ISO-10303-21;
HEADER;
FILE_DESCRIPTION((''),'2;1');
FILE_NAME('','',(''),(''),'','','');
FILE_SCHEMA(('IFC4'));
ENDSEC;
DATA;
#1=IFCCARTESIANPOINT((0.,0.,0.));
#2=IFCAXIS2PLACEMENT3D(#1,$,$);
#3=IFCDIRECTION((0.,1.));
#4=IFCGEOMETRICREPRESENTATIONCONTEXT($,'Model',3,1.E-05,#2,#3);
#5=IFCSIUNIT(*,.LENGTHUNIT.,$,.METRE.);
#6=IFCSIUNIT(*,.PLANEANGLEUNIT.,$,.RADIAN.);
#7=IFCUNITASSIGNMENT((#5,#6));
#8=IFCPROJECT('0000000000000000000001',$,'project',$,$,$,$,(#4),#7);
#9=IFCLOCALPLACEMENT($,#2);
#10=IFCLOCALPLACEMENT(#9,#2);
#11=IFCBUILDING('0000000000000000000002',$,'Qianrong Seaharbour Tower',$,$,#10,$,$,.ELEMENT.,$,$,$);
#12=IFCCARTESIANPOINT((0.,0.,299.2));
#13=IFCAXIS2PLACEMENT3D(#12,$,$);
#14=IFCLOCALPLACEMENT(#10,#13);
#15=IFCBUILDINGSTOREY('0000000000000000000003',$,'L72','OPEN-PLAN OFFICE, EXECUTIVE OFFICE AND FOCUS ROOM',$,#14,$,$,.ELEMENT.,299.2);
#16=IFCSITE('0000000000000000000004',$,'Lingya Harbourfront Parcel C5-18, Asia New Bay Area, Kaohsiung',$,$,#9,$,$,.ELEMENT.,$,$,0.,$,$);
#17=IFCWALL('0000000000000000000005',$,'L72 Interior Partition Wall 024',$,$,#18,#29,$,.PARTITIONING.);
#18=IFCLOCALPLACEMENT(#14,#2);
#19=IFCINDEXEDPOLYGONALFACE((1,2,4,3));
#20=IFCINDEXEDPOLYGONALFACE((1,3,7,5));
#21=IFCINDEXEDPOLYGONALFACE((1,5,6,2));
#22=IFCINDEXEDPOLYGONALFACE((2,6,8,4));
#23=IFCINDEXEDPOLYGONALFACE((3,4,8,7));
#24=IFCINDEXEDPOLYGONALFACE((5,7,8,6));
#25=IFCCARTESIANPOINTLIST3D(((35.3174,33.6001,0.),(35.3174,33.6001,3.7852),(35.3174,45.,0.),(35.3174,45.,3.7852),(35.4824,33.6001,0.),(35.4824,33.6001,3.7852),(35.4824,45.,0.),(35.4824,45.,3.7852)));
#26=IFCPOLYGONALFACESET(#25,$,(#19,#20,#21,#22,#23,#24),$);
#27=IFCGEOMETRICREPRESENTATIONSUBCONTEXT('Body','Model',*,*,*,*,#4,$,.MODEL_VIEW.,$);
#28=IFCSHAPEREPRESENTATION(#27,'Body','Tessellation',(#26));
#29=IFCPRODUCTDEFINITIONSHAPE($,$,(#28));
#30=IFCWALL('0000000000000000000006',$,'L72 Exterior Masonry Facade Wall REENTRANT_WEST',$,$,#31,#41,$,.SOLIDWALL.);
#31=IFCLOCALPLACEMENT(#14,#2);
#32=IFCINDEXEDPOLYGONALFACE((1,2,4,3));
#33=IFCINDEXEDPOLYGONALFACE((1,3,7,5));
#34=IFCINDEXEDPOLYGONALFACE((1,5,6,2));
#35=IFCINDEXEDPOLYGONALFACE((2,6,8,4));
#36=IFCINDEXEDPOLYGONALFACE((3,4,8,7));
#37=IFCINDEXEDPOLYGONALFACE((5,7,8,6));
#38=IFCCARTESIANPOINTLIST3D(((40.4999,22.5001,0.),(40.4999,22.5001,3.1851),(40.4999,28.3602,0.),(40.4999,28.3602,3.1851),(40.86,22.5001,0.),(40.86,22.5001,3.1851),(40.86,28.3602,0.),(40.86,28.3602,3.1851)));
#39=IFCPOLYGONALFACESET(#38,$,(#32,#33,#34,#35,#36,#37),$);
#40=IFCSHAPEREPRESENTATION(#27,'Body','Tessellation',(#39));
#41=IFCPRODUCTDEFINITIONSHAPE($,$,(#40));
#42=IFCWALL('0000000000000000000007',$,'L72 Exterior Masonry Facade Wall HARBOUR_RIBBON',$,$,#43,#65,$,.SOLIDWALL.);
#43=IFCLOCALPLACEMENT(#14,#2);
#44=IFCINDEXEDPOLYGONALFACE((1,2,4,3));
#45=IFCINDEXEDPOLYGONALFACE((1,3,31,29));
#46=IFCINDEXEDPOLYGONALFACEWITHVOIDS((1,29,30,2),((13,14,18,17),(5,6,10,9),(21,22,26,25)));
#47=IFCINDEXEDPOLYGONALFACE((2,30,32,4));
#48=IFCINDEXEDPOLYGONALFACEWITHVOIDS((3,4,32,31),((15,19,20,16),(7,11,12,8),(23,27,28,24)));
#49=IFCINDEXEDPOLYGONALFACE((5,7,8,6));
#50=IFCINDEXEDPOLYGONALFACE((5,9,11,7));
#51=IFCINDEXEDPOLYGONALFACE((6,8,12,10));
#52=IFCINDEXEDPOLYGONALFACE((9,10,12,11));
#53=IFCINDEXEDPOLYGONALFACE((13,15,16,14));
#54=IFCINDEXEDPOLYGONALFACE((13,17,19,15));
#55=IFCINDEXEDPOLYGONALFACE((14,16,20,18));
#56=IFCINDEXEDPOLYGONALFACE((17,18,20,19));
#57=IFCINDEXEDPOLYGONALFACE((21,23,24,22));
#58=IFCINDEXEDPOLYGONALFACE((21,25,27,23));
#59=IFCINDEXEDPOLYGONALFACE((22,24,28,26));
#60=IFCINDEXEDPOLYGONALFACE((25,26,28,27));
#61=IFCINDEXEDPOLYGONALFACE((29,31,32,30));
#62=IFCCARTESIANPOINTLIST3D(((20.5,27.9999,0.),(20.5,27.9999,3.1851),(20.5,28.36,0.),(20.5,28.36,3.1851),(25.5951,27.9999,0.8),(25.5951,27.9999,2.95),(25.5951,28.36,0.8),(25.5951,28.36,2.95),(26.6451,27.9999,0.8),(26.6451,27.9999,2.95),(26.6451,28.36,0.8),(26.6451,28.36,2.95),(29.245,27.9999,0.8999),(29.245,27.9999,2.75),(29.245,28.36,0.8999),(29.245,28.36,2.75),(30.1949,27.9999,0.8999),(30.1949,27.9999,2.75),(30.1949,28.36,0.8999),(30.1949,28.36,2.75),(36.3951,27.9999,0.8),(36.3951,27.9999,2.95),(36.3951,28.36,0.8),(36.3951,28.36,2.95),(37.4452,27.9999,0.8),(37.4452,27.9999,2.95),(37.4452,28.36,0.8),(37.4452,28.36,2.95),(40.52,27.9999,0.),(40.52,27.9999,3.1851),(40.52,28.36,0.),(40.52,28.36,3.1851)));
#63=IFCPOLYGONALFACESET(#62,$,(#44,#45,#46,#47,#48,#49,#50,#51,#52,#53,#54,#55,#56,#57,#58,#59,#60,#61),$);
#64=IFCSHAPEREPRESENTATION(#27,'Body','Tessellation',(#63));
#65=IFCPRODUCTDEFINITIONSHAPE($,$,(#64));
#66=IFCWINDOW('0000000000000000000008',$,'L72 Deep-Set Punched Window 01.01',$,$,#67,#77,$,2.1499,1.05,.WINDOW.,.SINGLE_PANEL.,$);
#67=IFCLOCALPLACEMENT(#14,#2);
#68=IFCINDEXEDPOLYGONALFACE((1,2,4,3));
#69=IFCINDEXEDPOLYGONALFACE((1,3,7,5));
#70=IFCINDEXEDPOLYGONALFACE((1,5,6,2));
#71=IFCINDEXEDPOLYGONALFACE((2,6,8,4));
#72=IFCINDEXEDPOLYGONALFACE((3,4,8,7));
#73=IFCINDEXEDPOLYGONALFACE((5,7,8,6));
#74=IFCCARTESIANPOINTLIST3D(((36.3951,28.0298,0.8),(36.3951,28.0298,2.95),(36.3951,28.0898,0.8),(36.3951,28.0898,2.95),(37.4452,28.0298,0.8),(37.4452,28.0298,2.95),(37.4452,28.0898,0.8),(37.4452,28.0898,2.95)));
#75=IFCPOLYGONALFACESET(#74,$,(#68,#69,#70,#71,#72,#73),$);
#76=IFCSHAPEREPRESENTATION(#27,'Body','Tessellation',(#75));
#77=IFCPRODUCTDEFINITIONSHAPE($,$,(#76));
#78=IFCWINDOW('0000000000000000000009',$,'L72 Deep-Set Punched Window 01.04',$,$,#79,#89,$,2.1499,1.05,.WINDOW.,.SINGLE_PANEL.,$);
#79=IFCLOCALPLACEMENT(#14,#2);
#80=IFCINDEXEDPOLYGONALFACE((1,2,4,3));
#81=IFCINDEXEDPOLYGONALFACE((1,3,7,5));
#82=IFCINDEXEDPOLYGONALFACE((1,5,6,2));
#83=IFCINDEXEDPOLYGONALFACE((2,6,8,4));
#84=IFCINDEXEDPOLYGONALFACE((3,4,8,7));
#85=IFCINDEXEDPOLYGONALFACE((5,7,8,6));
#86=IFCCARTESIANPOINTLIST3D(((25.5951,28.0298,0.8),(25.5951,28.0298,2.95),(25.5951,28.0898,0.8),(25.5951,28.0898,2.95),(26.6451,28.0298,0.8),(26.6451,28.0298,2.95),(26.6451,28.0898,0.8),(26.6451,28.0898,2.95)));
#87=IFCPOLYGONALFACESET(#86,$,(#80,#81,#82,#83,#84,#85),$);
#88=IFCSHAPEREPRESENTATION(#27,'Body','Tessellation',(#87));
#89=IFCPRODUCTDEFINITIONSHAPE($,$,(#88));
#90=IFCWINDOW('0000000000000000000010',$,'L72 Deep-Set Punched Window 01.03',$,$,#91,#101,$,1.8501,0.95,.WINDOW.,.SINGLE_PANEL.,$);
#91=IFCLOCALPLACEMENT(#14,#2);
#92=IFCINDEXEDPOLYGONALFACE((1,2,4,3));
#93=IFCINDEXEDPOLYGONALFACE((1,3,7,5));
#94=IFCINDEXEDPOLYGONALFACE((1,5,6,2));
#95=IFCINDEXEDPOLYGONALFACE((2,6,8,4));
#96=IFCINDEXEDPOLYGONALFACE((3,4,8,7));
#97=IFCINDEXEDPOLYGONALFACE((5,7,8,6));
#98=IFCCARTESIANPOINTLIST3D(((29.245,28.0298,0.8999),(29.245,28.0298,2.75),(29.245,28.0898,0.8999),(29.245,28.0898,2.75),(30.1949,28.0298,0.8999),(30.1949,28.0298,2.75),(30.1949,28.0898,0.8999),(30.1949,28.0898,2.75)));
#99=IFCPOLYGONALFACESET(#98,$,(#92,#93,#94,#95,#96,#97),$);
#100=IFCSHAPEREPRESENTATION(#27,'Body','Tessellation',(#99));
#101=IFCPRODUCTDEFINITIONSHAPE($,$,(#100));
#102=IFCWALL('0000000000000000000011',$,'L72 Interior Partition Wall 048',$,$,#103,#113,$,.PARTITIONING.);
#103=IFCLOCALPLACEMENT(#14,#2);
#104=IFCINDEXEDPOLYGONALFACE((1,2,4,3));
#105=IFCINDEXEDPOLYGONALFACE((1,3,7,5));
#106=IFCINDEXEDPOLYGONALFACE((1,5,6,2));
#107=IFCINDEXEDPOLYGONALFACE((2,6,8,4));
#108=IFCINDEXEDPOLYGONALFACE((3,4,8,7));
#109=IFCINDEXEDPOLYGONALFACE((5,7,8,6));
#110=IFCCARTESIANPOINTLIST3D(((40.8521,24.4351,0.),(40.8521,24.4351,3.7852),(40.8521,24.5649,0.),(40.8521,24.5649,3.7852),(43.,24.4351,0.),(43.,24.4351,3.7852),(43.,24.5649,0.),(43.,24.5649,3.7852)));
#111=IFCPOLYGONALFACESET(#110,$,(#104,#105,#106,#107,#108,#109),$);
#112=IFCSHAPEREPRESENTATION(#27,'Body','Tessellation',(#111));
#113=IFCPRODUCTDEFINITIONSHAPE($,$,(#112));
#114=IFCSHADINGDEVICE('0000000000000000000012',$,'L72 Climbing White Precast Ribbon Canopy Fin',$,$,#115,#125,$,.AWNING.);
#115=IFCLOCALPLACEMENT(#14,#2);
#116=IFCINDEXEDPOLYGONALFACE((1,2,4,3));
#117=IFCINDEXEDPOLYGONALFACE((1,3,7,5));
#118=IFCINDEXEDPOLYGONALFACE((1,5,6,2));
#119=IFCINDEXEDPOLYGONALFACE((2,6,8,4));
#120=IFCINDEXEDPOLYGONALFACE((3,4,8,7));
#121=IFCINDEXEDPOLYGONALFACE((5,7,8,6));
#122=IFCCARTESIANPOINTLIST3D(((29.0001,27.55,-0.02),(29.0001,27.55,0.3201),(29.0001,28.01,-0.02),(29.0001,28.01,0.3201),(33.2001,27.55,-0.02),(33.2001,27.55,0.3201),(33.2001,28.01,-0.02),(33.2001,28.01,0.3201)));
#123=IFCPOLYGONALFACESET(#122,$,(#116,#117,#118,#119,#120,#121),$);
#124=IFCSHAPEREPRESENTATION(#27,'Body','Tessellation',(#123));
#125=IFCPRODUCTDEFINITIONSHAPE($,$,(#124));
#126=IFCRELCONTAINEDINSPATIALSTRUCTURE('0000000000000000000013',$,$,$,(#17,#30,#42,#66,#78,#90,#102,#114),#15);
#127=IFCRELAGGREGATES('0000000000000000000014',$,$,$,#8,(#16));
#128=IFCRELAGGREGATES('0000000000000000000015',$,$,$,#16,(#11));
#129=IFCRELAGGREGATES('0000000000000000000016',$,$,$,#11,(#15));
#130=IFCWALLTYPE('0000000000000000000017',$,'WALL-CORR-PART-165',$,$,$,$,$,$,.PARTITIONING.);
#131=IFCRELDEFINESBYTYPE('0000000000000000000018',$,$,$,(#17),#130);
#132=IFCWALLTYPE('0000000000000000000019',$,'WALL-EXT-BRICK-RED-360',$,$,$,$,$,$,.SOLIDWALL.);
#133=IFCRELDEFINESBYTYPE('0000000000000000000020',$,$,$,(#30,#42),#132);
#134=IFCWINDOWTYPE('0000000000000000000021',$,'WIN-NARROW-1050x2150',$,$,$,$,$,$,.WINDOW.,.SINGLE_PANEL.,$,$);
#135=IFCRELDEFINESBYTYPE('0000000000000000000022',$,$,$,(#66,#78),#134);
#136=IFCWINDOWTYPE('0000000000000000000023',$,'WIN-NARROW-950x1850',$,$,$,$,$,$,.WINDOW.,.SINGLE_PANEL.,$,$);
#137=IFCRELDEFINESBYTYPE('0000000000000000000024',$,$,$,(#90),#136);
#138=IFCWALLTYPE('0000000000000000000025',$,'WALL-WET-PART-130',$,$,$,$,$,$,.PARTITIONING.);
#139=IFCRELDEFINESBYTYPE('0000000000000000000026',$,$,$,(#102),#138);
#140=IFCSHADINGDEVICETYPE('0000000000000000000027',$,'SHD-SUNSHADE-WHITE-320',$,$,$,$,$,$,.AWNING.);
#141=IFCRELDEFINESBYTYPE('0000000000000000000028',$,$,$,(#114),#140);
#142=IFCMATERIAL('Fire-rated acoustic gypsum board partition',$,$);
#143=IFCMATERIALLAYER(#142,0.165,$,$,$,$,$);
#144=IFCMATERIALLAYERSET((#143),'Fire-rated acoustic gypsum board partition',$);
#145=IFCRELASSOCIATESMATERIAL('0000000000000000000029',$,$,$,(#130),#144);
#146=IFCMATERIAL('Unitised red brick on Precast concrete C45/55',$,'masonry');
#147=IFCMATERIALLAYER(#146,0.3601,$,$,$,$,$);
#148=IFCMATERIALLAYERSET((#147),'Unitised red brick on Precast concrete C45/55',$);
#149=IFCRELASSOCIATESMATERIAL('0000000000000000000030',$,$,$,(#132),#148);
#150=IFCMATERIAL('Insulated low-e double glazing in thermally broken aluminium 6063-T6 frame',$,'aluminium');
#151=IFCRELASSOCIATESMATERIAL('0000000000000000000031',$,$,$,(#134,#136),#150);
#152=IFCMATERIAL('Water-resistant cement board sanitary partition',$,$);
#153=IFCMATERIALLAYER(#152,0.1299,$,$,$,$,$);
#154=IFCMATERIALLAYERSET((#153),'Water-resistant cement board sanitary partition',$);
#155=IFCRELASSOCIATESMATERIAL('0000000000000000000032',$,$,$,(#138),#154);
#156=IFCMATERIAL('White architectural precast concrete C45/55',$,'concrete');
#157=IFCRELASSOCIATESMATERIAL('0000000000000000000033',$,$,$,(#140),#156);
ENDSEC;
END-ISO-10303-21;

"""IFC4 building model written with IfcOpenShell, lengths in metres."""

from ifc_helpers import new_model, si_unit, direction, frame, frame_2d, origin, origin_2d, place, context, subcontext, project, spatial, rectangle, extrude, material, layer, layer_set, type_object, element, fill, save


model = new_model("IFC4")

# Units and contexts
model_context = context("Model", 3, precision=1e-05, world=origin(), true_north=direction((0.0, 1.0)))
body_context = subcontext(model_context, "Body", "Model", "MODEL_VIEW")
ifc_project = project(units=[si_unit("LENGTHUNIT", "METRE"), si_unit("PLANEANGLEUNIT", "RADIAN")], contexts=[model_context])

# Site, building, storey
site_placement = place(None, origin())
site = spatial("IfcSite", under=ifc_project, at=site_placement, Name="Lingya Harbourfront Parcel C5-18, Asia New Bay Area, Kaohsiung", CompositionType="ELEMENT", RefElevation=0.0)
building_placement = place(site_placement, origin())
building = spatial("IfcBuilding", under=site, at=building_placement, Name="Qianrong Seaharbour Tower", CompositionType="ELEMENT")
storey_placement = place(building_placement, frame((0.0, 0.0, 299.2)))
storey = spatial("IfcBuildingStorey", under=building, at=storey_placement, Name="L72", Description="OPEN-PLAN OFFICE, EXECUTIVE OFFICE AND FOCUS ROOM", CompositionType="ELEMENT", Elevation=299.2)

# Walls
ifc_material_1 = material(Name="Fire-rated acoustic gypsum board partition")
ifc_layer_1 = layer(ifc_material_1, 0.165)
ifc_layer_set_1 = layer_set([ifc_layer_1], Name="Fire-rated acoustic gypsum board partition")
wall_type_1 = type_object("IfcWallType", Name="WALL-CORR-PART-165", PredefinedType="PARTITIONING", material=ifc_layer_set_1)
wall_1_placement = place(storey_placement, frame((35.3999, 33.6001, 0.0), z_axis=(0.0, 0.0, 1.0), x_axis=(0.0, 1.0, 0.0)))
element("IfcWall", 1, at=wall_1_placement, inside=storey, type_object=wall_type_1, Name="L72 Interior Partition Wall 024", PredefinedType="PARTITIONING", context=body_context, shape_type="SweptSolid", body=[
    extrude(rectangle(XDim=11.3999, YDim=0.165, at=frame_2d((5.7, 0.0))), origin(), (0.0, 0.0, 1.0), 3.7852),
])
ifc_material_2 = material(Name="Unitised red brick on Precast concrete C45/55", Category="masonry")
ifc_layer_2 = layer(ifc_material_2, 0.3601)
ifc_layer_set_2 = layer_set([ifc_layer_2], Name="Unitised red brick on Precast concrete C45/55")
wall_type_2 = type_object("IfcWallType", Name="WALL-EXT-BRICK-RED-360", PredefinedType="SOLIDWALL", material=ifc_layer_set_2)
wall_2_placement = place(storey_placement, frame((40.6799, 22.5, 0.0), z_axis=(0.0, 0.0, 1.0), x_axis=(0.0, 1.0, 0.0)))
element("IfcWall", 2, at=wall_2_placement, inside=storey, type_object=wall_type_2, Name="L72 Exterior Masonry Facade Wall REENTRANT_WEST", PredefinedType="SOLIDWALL", context=body_context, shape_type="SweptSolid", body=[
    extrude(rectangle(XDim=5.8601, YDim=0.3601, at=frame_2d((2.9302, 0.0))), origin(), (0.0, 0.0, 1.0), 3.1851),
])

# Wall, openings, windows
wall_3_placement = place(storey_placement, frame((40.52, 28.1799, 0.0), z_axis=(0.0, 0.0, 1.0), x_axis=(-1.0, 0.0, 0.0)))
wall_3 = element("IfcWall", 3, at=wall_3_placement, inside=storey, type_object=wall_type_2, Name="L72 Exterior Masonry Facade Wall HARBOUR_RIBBON", PredefinedType="SOLIDWALL", context=body_context, shape_type="SweptSolid", body=[
    extrude(rectangle(XDim=20.02, YDim=0.3601, at=frame_2d((10.01, 0.0))), origin(), (0.0, 0.0, 1.0), 3.1851),
])
opening_1_placement = place(wall_3_placement, frame((3.075, 0.0, 0.8)))
opening_1 = element("IfcOpeningElement", 4, at=opening_1_placement, cuts=wall_3, PredefinedType="OPENING", context=body_context, shape_type="SweptSolid", body=[
    extrude(rectangle(XDim=1.05, YDim=2.1499, at=frame_2d((0.5249, 1.075))), frame((0.0, 0.1899, 0.0), z_axis=(0.0, -1.0, 0.0), x_axis=(1.0, 0.0, 0.0)), (0.0, 0.0, 1.0), 0.3801),
])
opening_2_placement = place(wall_3_placement, frame((10.325, 0.0, 0.8999)))
opening_2 = element("IfcOpeningElement", 5, at=opening_2_placement, cuts=wall_3, PredefinedType="OPENING", context=body_context, shape_type="SweptSolid", body=[
    extrude(rectangle(XDim=0.95, YDim=1.8501, at=frame_2d((0.4751, 0.925))), frame((0.0, 0.1899, 0.0), z_axis=(0.0, -1.0, 0.0), x_axis=(1.0, 0.0, 0.0)), (0.0, 0.0, 1.0), 0.3801),
])
opening_3_placement = place(wall_3_placement, frame((13.875, 0.0, 0.8)))
opening_3 = element("IfcOpeningElement", 6, at=opening_3_placement, cuts=wall_3, PredefinedType="OPENING", context=body_context, shape_type="SweptSolid", body=[
    extrude(rectangle(XDim=1.05, YDim=2.1499, at=frame_2d((0.5249, 1.075))), frame((0.0, 0.1899, 0.0), z_axis=(0.0, -1.0, 0.0), x_axis=(1.0, 0.0, 0.0)), (0.0, 0.0, 1.0), 0.3801),
])
ifc_material_3 = material(Name="Insulated low-e double glazing in thermally broken aluminium 6063-T6 frame", Category="aluminium")
window_type_1 = type_object("IfcWindowType", Name="WIN-NARROW-1050x2150", PartitioningType="SINGLE_PANEL", PredefinedType="WINDOW", material=ifc_material_3)
window_1_placement = place(opening_1_placement, origin())
window_1 = element("IfcWindow", 7, at=window_1_placement, inside=storey, type_object=window_type_1, Name="L72 Deep-Set Punched Window 01.01", OverallHeight=2.1499, OverallWidth=1.05, PartitioningType="SINGLE_PANEL", PredefinedType="WINDOW", context=body_context, shape_type="SweptSolid", body=[
    extrude(rectangle(XDim=1.05, YDim=2.1499, at=frame_2d((0.5249, 1.075))), frame((0.0, 0.1501, 0.0), z_axis=(0.0, -1.0, 0.0), x_axis=(1.0, 0.0, 0.0)), (0.0, 0.0, 1.0), 0.0601),
])
fill(opening_1, window_1)
window_2_placement = place(opening_3_placement, origin())
window_2 = element("IfcWindow", 8, at=window_2_placement, inside=storey, type_object=window_type_1, Name="L72 Deep-Set Punched Window 01.04", OverallHeight=2.1499, OverallWidth=1.05, PartitioningType="SINGLE_PANEL", PredefinedType="WINDOW", context=body_context, shape_type="SweptSolid", body=[
    extrude(rectangle(XDim=1.05, YDim=2.1499, at=frame_2d((0.5249, 1.075))), frame((0.0, 0.1501, 0.0), z_axis=(0.0, -1.0, 0.0), x_axis=(1.0, 0.0, 0.0)), (0.0, 0.0, 1.0), 0.0601),
])
fill(opening_3, window_2)
window_type_2 = type_object("IfcWindowType", Name="WIN-NARROW-950x1850", PartitioningType="SINGLE_PANEL", PredefinedType="WINDOW", material=ifc_material_3)
window_3_placement = place(opening_2_placement, origin())
window_3 = element("IfcWindow", 9, at=window_3_placement, inside=storey, type_object=window_type_2, Name="L72 Deep-Set Punched Window 01.03", OverallHeight=1.8501, OverallWidth=0.95, PartitioningType="SINGLE_PANEL", PredefinedType="WINDOW", context=body_context, shape_type="SweptSolid", body=[
    extrude(rectangle(XDim=0.95, YDim=1.8501, at=frame_2d((0.4751, 0.925))), frame((0.0, 0.1501, 0.0), z_axis=(0.0, -1.0, 0.0), x_axis=(1.0, 0.0, 0.0)), (0.0, 0.0, 1.0), 0.0601),
])
fill(opening_2, window_3)

# Wall
ifc_material_4 = material(Name="Water-resistant cement board sanitary partition")
ifc_layer_3 = layer(ifc_material_4, 0.1299)
ifc_layer_set_3 = layer_set([ifc_layer_3], Name="Water-resistant cement board sanitary partition")
wall_type_3 = type_object("IfcWallType", Name="WALL-WET-PART-130", PredefinedType="PARTITIONING", material=ifc_layer_set_3)
wall_4_placement = place(storey_placement, frame((40.8521, 24.5, 0.0), z_axis=(0.0, 0.0, 1.0), x_axis=(1.0, 0.0, 0.0)))
element("IfcWall", 10, at=wall_4_placement, inside=storey, type_object=wall_type_3, Name="L72 Interior Partition Wall 048", PredefinedType="PARTITIONING", context=body_context, shape_type="SweptSolid", body=[
    extrude(rectangle(XDim=2.1479, YDim=0.1299, at=frame_2d((1.074, 0.0))), origin(), (0.0, 0.0, 1.0), 3.7852),
])

# Shading device
ifc_material_5 = material(Name="White architectural precast concrete C45/55", Category="concrete")
shading_device_type = type_object("IfcShadingDeviceType", Name="SHD-SUNSHADE-WHITE-320", PredefinedType="AWNING", material=ifc_material_5)
shading_device_placement = place(storey_placement, frame((31.1001, 27.78, -0.02), z_axis=(0.0, 0.0, 1.0), x_axis=(1.0, 0.0, 0.0)))
element("IfcShadingDevice", 11, at=shading_device_placement, inside=storey, type_object=shading_device_type, Name="L72 Climbing White Precast Ribbon Canopy Fin", PredefinedType="AWNING", context=body_context, shape_type="SweptSolid", body=[
    extrude(rectangle(XDim=4.2, YDim=0.46, at=origin_2d()), origin(), (0.0, 0.0, 1.0), 0.3401),
])

save(model, "model.ifc")
